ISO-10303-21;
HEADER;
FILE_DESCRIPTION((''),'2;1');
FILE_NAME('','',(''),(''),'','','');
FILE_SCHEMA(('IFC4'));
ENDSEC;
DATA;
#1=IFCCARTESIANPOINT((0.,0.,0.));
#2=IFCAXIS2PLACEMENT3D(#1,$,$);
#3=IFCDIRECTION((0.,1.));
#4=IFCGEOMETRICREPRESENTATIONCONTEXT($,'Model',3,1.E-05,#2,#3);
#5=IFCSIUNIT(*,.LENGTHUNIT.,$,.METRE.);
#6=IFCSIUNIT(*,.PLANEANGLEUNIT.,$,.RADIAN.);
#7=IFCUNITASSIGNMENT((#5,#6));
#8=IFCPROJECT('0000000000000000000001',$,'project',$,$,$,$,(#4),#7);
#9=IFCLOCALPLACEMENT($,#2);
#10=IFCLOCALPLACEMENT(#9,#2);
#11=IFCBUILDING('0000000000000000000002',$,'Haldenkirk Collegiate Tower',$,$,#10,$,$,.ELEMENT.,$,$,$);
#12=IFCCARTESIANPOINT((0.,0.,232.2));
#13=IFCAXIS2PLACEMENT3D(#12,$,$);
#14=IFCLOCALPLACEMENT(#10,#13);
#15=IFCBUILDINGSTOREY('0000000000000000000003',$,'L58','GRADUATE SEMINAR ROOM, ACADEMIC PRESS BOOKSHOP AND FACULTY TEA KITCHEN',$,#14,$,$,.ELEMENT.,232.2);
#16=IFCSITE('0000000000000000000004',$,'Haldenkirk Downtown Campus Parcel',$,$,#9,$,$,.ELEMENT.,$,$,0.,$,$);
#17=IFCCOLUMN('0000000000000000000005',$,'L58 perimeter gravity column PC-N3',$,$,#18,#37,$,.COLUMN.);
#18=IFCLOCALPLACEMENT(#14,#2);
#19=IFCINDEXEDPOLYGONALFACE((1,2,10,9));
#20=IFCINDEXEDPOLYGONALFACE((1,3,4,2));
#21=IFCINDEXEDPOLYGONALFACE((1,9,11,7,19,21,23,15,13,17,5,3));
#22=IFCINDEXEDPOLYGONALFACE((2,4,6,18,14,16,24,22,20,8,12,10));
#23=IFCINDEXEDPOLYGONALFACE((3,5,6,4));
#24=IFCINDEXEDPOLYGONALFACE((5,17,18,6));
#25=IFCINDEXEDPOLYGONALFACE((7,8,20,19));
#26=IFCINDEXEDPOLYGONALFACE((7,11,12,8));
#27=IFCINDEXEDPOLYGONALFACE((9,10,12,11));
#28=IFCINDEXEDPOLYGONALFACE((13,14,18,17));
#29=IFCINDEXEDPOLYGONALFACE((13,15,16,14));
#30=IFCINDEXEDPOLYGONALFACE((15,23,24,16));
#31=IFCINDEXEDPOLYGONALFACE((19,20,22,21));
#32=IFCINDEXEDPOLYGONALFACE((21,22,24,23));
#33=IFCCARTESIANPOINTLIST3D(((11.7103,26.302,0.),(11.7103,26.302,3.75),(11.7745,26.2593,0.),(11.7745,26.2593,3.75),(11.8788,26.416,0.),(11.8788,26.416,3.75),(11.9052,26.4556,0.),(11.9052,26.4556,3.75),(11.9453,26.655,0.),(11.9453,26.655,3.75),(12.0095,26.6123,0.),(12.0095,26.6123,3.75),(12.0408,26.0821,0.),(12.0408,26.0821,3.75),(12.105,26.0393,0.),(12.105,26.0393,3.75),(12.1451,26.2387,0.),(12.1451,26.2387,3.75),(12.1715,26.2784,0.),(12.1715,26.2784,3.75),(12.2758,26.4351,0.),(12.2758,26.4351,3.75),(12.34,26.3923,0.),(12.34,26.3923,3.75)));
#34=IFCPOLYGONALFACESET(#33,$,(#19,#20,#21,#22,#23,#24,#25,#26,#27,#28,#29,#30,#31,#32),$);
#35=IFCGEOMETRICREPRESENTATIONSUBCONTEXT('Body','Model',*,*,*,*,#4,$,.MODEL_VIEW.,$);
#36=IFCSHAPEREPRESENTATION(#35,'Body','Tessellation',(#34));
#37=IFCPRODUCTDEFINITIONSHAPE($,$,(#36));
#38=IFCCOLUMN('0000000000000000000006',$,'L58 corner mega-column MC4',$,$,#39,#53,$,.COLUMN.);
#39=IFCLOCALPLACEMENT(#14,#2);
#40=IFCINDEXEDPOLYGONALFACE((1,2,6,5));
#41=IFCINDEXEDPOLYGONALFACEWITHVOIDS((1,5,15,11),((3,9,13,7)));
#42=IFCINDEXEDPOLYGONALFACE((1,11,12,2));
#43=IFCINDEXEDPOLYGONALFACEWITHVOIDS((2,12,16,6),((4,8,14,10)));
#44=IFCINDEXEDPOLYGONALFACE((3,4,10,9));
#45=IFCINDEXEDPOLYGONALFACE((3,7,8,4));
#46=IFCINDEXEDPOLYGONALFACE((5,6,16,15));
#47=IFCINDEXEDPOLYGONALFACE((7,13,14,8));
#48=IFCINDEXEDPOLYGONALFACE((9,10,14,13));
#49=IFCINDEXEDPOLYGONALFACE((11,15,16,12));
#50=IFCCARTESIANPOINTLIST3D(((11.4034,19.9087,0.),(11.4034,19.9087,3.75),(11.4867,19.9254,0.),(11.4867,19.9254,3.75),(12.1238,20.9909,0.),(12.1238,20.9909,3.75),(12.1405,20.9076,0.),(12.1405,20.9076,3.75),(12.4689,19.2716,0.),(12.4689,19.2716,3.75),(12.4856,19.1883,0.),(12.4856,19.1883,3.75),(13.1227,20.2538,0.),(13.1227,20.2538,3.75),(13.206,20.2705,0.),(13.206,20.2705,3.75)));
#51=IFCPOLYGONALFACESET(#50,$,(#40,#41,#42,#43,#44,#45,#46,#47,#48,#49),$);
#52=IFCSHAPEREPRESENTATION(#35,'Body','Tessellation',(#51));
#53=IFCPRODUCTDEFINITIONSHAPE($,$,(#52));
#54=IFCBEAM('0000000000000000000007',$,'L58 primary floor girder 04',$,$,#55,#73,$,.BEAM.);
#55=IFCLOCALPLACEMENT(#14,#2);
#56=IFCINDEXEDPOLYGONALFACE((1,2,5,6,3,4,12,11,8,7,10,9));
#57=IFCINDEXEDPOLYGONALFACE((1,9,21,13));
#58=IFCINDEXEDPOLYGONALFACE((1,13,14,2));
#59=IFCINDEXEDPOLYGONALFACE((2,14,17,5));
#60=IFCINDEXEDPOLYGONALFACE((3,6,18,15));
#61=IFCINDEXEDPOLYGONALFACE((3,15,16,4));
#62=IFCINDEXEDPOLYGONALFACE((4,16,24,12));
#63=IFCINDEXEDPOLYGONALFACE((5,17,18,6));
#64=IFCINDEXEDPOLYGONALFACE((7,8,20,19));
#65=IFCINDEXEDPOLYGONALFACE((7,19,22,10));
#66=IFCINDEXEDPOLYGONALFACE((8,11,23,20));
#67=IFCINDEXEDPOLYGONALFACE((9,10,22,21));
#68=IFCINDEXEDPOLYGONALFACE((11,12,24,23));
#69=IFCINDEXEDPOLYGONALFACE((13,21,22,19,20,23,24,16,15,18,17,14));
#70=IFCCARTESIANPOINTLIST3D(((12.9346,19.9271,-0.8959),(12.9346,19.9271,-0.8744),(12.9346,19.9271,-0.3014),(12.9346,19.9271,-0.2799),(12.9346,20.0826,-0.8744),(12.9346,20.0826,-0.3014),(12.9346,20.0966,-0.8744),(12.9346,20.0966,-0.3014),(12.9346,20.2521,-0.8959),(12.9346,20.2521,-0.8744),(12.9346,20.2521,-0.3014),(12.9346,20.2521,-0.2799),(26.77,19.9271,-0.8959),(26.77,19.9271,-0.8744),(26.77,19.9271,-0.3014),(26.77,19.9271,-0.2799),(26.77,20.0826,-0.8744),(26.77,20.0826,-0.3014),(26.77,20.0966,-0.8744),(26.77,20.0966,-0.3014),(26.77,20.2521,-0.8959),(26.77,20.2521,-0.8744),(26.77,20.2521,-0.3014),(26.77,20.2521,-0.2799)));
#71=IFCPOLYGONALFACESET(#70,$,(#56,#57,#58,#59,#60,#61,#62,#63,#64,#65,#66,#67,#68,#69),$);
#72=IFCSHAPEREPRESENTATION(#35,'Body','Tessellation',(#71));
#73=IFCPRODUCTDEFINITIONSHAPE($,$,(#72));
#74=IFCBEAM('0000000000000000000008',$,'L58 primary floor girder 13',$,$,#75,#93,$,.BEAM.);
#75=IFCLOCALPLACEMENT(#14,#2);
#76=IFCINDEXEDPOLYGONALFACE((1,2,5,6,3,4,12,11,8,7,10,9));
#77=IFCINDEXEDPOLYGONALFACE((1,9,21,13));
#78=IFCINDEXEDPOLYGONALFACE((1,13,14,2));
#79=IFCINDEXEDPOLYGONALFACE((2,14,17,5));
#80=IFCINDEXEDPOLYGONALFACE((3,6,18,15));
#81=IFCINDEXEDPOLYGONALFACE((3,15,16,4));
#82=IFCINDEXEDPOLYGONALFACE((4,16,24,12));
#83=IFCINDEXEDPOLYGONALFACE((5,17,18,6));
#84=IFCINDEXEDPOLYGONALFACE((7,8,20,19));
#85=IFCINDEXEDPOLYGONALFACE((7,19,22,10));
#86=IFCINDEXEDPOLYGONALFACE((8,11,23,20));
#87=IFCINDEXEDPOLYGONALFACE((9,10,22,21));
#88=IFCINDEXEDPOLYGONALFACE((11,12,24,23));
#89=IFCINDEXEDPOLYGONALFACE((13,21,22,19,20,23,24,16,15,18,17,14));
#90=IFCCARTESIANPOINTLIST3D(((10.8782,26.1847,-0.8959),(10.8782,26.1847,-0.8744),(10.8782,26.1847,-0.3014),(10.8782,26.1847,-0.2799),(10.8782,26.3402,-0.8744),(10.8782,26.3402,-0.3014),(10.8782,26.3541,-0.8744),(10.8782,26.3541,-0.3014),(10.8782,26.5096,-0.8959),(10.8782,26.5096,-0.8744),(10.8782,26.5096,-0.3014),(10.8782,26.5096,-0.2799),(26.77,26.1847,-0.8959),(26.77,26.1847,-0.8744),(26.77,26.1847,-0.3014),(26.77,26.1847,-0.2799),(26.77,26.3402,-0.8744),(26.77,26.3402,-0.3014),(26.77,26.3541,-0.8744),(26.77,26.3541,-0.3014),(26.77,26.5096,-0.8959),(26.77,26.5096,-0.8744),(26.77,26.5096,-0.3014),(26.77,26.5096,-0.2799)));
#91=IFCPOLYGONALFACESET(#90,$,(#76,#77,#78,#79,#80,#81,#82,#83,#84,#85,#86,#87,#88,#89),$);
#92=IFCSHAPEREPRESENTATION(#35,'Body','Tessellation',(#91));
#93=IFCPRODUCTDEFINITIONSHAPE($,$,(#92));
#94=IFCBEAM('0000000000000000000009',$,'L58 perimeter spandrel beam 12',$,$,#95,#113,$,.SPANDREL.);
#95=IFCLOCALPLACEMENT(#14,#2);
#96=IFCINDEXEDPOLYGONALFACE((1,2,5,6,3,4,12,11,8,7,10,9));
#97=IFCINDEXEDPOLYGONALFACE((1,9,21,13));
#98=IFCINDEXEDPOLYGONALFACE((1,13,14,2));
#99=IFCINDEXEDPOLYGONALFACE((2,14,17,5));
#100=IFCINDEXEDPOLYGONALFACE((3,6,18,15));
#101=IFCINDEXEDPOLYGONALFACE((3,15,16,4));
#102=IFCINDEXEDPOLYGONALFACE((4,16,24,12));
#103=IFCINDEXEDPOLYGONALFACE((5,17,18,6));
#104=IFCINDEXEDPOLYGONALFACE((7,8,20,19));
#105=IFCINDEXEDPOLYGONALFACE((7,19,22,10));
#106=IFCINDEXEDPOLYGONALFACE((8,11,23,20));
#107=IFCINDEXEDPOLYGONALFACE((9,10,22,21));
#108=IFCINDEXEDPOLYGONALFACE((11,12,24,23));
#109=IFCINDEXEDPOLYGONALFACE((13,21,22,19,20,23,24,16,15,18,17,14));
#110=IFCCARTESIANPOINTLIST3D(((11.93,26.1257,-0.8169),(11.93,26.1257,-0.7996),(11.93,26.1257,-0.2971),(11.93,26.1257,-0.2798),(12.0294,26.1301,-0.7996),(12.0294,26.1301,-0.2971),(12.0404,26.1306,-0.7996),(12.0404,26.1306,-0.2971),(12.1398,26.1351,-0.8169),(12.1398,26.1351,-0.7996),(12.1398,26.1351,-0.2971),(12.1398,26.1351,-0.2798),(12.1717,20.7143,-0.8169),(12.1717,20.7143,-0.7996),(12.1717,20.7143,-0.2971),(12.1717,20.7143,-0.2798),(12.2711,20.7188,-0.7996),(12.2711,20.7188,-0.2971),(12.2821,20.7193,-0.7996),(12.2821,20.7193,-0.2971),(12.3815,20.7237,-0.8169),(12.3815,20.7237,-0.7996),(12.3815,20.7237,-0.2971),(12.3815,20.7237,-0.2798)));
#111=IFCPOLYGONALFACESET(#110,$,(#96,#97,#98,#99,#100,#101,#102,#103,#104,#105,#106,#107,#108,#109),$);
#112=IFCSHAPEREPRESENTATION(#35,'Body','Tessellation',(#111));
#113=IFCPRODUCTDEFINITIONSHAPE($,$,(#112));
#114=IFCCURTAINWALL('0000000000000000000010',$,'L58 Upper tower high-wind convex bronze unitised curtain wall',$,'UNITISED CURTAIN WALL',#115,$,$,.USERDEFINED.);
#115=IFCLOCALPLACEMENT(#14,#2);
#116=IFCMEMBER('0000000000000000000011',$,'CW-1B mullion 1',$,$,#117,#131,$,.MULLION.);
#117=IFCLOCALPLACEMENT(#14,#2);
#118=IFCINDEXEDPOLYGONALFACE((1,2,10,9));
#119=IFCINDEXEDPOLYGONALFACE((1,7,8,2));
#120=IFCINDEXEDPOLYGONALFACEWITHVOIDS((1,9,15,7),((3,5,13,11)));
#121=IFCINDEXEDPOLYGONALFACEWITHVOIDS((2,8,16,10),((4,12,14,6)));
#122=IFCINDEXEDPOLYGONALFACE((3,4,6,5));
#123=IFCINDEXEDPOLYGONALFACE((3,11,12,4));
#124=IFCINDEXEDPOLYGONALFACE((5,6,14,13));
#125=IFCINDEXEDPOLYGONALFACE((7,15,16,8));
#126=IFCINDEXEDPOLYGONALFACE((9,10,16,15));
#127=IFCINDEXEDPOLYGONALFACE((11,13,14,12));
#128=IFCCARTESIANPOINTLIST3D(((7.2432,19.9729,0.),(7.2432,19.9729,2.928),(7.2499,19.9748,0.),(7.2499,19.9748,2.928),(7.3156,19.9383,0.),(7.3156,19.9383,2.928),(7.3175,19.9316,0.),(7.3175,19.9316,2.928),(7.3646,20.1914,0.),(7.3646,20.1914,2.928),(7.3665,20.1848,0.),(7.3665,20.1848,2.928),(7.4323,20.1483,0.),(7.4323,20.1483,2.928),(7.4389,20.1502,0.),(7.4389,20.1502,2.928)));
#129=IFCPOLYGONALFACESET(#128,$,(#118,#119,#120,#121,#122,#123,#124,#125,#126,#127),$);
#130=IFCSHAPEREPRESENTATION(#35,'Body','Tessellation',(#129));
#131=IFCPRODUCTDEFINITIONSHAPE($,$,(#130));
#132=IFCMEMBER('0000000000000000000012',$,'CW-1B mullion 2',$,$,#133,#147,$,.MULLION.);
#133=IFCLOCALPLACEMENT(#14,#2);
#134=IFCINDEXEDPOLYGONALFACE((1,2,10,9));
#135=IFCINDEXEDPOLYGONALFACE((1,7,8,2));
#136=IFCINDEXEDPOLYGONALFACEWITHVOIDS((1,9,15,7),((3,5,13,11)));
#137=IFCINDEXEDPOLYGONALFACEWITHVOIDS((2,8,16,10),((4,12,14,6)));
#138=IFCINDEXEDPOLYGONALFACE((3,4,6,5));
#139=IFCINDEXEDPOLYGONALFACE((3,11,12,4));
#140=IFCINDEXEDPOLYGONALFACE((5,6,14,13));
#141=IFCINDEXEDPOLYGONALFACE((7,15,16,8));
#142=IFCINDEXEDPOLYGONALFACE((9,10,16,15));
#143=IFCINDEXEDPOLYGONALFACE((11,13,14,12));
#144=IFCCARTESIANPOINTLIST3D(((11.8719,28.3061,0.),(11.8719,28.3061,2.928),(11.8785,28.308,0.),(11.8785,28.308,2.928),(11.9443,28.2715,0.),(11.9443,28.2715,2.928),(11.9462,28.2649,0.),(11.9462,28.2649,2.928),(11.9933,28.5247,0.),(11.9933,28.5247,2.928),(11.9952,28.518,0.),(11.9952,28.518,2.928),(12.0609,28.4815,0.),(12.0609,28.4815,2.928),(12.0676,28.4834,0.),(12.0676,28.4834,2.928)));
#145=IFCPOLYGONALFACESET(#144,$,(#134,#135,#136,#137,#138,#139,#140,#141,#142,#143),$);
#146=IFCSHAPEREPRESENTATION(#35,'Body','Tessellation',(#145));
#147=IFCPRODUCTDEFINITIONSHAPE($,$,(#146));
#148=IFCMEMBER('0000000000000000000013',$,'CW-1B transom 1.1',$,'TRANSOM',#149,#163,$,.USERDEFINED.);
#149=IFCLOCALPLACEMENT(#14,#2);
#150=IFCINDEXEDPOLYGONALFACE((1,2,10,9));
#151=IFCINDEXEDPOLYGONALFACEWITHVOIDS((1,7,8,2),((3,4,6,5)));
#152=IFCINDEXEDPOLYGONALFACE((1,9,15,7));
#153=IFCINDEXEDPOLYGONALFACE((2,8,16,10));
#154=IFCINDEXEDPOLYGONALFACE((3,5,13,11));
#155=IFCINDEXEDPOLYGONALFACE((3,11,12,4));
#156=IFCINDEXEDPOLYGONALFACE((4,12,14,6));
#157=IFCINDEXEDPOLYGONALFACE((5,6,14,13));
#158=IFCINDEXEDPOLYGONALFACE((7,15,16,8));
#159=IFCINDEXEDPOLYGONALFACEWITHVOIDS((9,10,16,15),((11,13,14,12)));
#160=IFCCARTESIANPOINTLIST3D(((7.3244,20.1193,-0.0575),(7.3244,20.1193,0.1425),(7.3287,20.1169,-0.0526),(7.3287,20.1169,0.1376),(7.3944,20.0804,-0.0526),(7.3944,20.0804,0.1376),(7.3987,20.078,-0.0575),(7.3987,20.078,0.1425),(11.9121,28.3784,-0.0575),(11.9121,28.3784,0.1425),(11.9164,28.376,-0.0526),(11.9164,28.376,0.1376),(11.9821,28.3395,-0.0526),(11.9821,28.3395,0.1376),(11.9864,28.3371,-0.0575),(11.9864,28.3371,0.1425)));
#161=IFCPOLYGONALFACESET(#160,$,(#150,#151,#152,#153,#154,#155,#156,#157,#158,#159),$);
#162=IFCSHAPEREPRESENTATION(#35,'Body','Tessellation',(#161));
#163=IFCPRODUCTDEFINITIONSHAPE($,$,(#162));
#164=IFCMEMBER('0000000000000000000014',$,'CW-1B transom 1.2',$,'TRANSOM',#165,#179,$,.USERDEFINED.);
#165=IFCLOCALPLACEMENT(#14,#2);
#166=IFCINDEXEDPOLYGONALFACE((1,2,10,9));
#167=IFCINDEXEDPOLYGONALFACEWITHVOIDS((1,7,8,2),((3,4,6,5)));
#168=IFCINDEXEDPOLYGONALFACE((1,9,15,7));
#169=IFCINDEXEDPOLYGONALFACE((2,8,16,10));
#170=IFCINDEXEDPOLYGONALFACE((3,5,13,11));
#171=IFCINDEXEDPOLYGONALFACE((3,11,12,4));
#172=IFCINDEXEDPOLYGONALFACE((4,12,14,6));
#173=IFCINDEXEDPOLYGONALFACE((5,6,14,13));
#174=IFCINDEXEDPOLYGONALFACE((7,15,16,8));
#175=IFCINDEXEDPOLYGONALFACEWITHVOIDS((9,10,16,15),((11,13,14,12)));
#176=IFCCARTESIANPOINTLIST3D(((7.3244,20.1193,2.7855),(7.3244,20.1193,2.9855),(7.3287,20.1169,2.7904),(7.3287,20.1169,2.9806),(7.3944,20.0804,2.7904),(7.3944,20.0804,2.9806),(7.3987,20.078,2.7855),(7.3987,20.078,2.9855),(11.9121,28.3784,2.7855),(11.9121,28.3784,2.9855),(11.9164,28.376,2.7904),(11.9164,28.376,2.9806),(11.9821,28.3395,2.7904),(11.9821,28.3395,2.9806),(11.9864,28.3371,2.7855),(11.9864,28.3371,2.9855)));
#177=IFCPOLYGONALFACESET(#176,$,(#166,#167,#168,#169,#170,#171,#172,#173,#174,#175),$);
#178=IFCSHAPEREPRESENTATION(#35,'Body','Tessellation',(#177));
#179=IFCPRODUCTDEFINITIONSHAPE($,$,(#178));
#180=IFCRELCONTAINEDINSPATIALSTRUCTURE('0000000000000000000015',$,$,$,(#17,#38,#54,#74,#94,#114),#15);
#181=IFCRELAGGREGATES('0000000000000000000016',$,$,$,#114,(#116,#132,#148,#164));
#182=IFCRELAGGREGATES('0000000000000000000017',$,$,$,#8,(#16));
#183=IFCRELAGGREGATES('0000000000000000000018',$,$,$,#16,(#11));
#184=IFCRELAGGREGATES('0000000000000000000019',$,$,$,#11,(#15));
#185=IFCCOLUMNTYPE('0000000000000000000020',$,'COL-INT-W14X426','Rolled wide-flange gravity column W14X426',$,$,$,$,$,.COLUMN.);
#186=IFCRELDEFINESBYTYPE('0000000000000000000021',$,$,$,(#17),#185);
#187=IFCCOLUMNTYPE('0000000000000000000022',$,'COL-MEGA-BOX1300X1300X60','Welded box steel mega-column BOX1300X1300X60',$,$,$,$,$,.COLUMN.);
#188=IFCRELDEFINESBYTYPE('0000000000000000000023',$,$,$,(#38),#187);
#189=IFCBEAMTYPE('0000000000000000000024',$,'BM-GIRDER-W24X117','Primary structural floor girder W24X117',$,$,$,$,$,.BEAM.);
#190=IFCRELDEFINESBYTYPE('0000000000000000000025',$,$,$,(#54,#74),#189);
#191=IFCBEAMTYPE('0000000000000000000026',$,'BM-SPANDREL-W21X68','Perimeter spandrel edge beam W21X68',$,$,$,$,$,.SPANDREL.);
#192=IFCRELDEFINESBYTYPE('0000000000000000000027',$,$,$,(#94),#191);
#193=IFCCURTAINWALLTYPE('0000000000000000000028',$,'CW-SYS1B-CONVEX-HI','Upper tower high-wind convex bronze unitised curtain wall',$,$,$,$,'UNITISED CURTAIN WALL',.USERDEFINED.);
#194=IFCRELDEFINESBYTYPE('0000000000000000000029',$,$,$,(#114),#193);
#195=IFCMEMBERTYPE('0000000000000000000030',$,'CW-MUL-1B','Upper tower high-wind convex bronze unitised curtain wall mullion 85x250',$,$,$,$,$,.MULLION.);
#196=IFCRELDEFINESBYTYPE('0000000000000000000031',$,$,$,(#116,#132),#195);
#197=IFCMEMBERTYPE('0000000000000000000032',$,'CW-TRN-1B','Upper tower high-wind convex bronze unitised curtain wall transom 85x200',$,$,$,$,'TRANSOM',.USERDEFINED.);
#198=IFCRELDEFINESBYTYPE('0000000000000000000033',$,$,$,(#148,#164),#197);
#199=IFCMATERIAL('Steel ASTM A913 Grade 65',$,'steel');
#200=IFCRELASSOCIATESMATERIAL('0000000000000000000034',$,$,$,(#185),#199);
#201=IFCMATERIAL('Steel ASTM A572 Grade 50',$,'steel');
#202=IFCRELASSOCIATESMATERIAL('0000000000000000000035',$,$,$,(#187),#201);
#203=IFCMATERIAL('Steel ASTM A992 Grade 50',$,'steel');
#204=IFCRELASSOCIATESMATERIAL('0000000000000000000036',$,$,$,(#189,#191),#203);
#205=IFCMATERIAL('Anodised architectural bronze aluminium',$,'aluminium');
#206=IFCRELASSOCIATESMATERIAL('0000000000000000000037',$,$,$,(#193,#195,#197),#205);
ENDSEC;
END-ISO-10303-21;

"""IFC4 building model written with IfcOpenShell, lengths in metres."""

from ifc_helpers import new_model, si_unit, direction, frame, origin, origin_2d, place, context, subcontext, project, spatial, hollow_rectangle, i_section, extrude, material, material_profile, profile_set, type_object, element, aggregate, save


model = new_model("IFC4")

# Units and contexts
model_context = context("Model", 3, precision=1e-05, world=origin(), true_north=direction((0.0, 1.0)))
body_context = subcontext(model_context, "Body", "Model", "MODEL_VIEW")
ifc_project = project(units=[si_unit("LENGTHUNIT", "METRE"), si_unit("PLANEANGLEUNIT", "RADIAN")], contexts=[model_context])

# Site, building, storey
site_placement = place(None, origin())
site = spatial("IfcSite", under=ifc_project, at=site_placement, Name="Haldenkirk Downtown Campus Parcel", CompositionType="ELEMENT", RefElevation=0.0)
building_placement = place(site_placement, origin())
building = spatial("IfcBuilding", under=site, at=building_placement, Name="Haldenkirk Collegiate Tower", CompositionType="ELEMENT")
storey_placement = place(building_placement, frame((0.0, 0.0, 232.2)))
storey = spatial("IfcBuildingStorey", under=building, at=storey_placement, Name="L58", Description="GRADUATE SEMINAR ROOM, ACADEMIC PRESS BOOKSHOP AND FACULTY TEA KITCHEN", CompositionType="ELEMENT", Elevation=232.2)

# Columns
ifc_material_1 = material(Name="Steel ASTM A913 Grade 65", Category="steel")
ifc_material_profile_1 = material_profile(ifc_material_1, i_section(OverallWidth=0.4241, OverallDepth=0.4741, WebThickness=0.0476, FlangeThickness=0.0771, at=origin_2d()), Name="W14X426")
ifc_profile_set_1 = profile_set([ifc_material_profile_1], Name="Steel ASTM A913 Grade 65")
column_type_1 = type_object("IfcColumnType", Name="COL-INT-W14X426", Description="Rolled wide-flange gravity column W14X426", PredefinedType="COLUMN", material=ifc_profile_set_1)
column_1_placement = place(storey_placement, frame((12.0251, 26.3472, 0.0), z_axis=(0.0, 0.0, 1.0), x_axis=(0.554118, 0.832438, 0.0)))
element("IfcColumn", 1, at=column_1_placement, inside=storey, type_object=column_type_1, Name="L58 perimeter gravity column PC-N3", PredefinedType="COLUMN", context=body_context, shape_type="SweptSolid", body=[
    extrude(i_section(OverallWidth=0.4241, OverallDepth=0.4741, WebThickness=0.0476, FlangeThickness=0.0771, at=origin_2d()), origin(), (0.0, 0.0, 1.0), 3.75),
])
ifc_material_2 = material(Name="Steel ASTM A572 Grade 50", Category="steel")
ifc_material_profile_2 = material_profile(ifc_material_2, hollow_rectangle(XDim=1.3, YDim=1.3, WallThickness=0.0601, at=origin_2d()), Name="BOX1300X1300X60")
ifc_profile_set_2 = profile_set([ifc_material_profile_2], Name="Steel ASTM A572 Grade 50")
column_type_2 = type_object("IfcColumnType", Name="COL-MEGA-BOX1300X1300X60", Description="Welded box steel mega-column BOX1300X1300X60", PredefinedType="COLUMN", material=ifc_profile_set_2)
column_2_placement = place(storey_placement, frame((12.3047, 20.0896, 0.0), z_axis=(0.0, 0.0, 1.0), x_axis=(0.554118, 0.832438, 0.0)))
element("IfcColumn", 2, at=column_2_placement, inside=storey, type_object=column_type_2, Name="L58 corner mega-column MC4", PredefinedType="COLUMN", context=body_context, shape_type="SweptSolid", body=[
    extrude(hollow_rectangle(XDim=1.3, YDim=1.3, WallThickness=0.0601, at=origin_2d()), origin(), (0.0, 0.0, 1.0), 3.75),
])

# Beams
ifc_material_3 = material(Name="Steel ASTM A992 Grade 50", Category="steel")
ifc_material_profile_3 = material_profile(ifc_material_3, i_section(OverallWidth=0.325, OverallDepth=0.616, WebThickness=0.0139, FlangeThickness=0.0215, at=origin_2d()), Name="W24X117")
ifc_profile_set_3 = profile_set([ifc_material_profile_3], Name="Steel ASTM A992 Grade 50")
beam_type_1 = type_object("IfcBeamType", Name="BM-GIRDER-W24X117", Description="Primary structural floor girder W24X117", PredefinedType="BEAM", material=ifc_profile_set_3)
beam_1_placement = place(storey_placement, frame((12.9346, 20.0896, -0.5879), z_axis=(1.0, 0.0, 0.0), x_axis=(0.0, 1.0, 0.0)))
element("IfcBeam", 3, at=beam_1_placement, inside=storey, type_object=beam_type_1, Name="L58 primary floor girder 04", PredefinedType="BEAM", context=body_context, shape_type="SweptSolid", body=[
    extrude(i_section(OverallWidth=0.325, OverallDepth=0.616, WebThickness=0.0139, FlangeThickness=0.0215, at=origin_2d()), origin(), (0.0, 0.0, 1.0), 13.8354),
])
beam_2_placement = place(storey_placement, frame((10.8782, 26.3472, -0.5879), z_axis=(1.0, 0.0, 0.0), x_axis=(0.0, 1.0, 0.0)))
element("IfcBeam", 4, at=beam_2_placement, inside=storey, type_object=beam_type_1, Name="L58 primary floor girder 13", PredefinedType="BEAM", context=body_context, shape_type="SweptSolid", body=[
    extrude(i_section(OverallWidth=0.325, OverallDepth=0.616, WebThickness=0.0139, FlangeThickness=0.0215, at=origin_2d()), origin(), (0.0, 0.0, 1.0), 15.8918),
])
ifc_material_profile_4 = material_profile(ifc_material_3, i_section(OverallWidth=0.21, OverallDepth=0.5371, WebThickness=0.011, FlangeThickness=0.0173, at=origin_2d()), Name="W21X68")
ifc_profile_set_4 = profile_set([ifc_material_profile_4], Name="Steel ASTM A992 Grade 50")
beam_type_2 = type_object("IfcBeamType", Name="BM-SPANDREL-W21X68", Description="Perimeter spandrel edge beam W21X68", PredefinedType="SPANDREL", material=ifc_profile_set_4)
beam_3_placement = place(storey_placement, frame((12.0349, 26.1304, -0.5483), z_axis=(0.044621, -0.999004, 0.0), x_axis=(0.999004, 0.044621, 0.0)))
element("IfcBeam", 5, at=beam_3_placement, inside=storey, type_object=beam_type_2, Name="L58 perimeter spandrel beam 12", PredefinedType="SPANDREL", context=body_context, shape_type="SweptSolid", body=[
    extrude(i_section(OverallWidth=0.21, OverallDepth=0.5371, WebThickness=0.011, FlangeThickness=0.0173, at=origin_2d()), origin(), (0.0, 0.0, 1.0), 5.4167),
])

# Curtain wall, members
ifc_material_4 = material(Name="Anodised architectural bronze aluminium", Category="aluminium")
curtain_wall_type = type_object("IfcCurtainWallType", Name="CW-SYS1B-CONVEX-HI", Description="Upper tower high-wind convex bronze unitised curtain wall", ElementType="UNITISED CURTAIN WALL", PredefinedType="USERDEFINED", material=ifc_material_4)
curtain_wall_placement = place(storey_placement, origin())
curtain_wall = element("IfcCurtainWall", 6, at=curtain_wall_placement, inside=storey, type_object=curtain_wall_type, Name="L58 Upper tower high-wind convex bronze unitised curtain wall", ObjectType="UNITISED CURTAIN WALL", PredefinedType="USERDEFINED")
ifc_material_profile_5 = material_profile(ifc_material_4, hollow_rectangle(XDim=0.085, YDim=0.25, WallThickness=0.0049, at=origin_2d()), Name="CW-MUL-1B")
ifc_profile_set_5 = profile_set([ifc_material_profile_5], Name="Anodised architectural bronze aluminium")
member_type_1 = type_object("IfcMemberType", Name="CW-MUL-1B", Description="Upper tower high-wind convex bronze unitised curtain wall mullion 85x250", PredefinedType="MULLION", material=ifc_profile_set_5)
member_1_placement = place(storey_placement, frame((7.3411, 20.0615, 0.0), z_axis=(0.0, 0.0, 1.0), x_axis=(-0.874197, 0.485572, 0.0)))
member_1 = element("IfcMember", 7, at=member_1_placement, type_object=member_type_1, Name="CW-1B mullion 1", PredefinedType="MULLION", context=body_context, shape_type="SweptSolid", body=[
    extrude(hollow_rectangle(XDim=0.085, YDim=0.25, WallThickness=0.0049, at=origin_2d()), origin(), (0.0, 0.0, 1.0), 2.928),
])
member_2_placement = place(storey_placement, frame((11.9697, 28.3948, 0.0), z_axis=(0.0, 0.0, 1.0), x_axis=(-0.874197, 0.485572, 0.0)))
member_2 = element("IfcMember", 8, at=member_2_placement, type_object=member_type_1, Name="CW-1B mullion 2", PredefinedType="MULLION", context=body_context, shape_type="SweptSolid", body=[
    extrude(hollow_rectangle(XDim=0.085, YDim=0.25, WallThickness=0.0049, at=origin_2d()), origin(), (0.0, 0.0, 1.0), 2.928),
])
ifc_material_profile_6 = material_profile(ifc_material_4, hollow_rectangle(XDim=0.085, YDim=0.2, WallThickness=0.0049, at=origin_2d()), Name="CW-TRN-1B")
ifc_profile_set_6 = profile_set([ifc_material_profile_6], Name="Anodised architectural bronze aluminium")
member_type_2 = type_object("IfcMemberType", Name="CW-TRN-1B", Description="Upper tower high-wind convex bronze unitised curtain wall transom 85x200", ElementType="TRANSOM", PredefinedType="USERDEFINED", material=ifc_profile_set_6)
member_3_placement = place(storey_placement, frame((7.3616, 20.0986, 0.0425), z_axis=(0.485586, 0.874189, 0.0), x_axis=(-0.874189, 0.485586, 0.0)))
member_3 = element("IfcMember", 9, at=member_3_placement, type_object=member_type_2, Name="CW-1B transom 1.1", ObjectType="TRANSOM", PredefinedType="USERDEFINED", context=body_context, shape_type="SweptSolid", body=[
    extrude(hollow_rectangle(XDim=0.085, YDim=0.2, WallThickness=0.0049, at=origin_2d()), origin(), (0.0, 0.0, 1.0), 9.4478),
])
member_4_placement = place(storey_placement, frame((7.3616, 20.0986, 2.8855), z_axis=(0.485586, 0.874189, 0.0), x_axis=(-0.874189, 0.485586, 0.0)))
member_4 = element("IfcMember", 10, at=member_4_placement, type_object=member_type_2, Name="CW-1B transom 1.2", ObjectType="TRANSOM", PredefinedType="USERDEFINED", context=body_context, shape_type="SweptSolid", body=[
    extrude(hollow_rectangle(XDim=0.085, YDim=0.2, WallThickness=0.0049, at=origin_2d()), origin(), (0.0, 0.0, 1.0), 9.4478),
])
aggregate(curtain_wall, [member_1, member_2, member_3, member_4])

save(model, "model.ifc")
